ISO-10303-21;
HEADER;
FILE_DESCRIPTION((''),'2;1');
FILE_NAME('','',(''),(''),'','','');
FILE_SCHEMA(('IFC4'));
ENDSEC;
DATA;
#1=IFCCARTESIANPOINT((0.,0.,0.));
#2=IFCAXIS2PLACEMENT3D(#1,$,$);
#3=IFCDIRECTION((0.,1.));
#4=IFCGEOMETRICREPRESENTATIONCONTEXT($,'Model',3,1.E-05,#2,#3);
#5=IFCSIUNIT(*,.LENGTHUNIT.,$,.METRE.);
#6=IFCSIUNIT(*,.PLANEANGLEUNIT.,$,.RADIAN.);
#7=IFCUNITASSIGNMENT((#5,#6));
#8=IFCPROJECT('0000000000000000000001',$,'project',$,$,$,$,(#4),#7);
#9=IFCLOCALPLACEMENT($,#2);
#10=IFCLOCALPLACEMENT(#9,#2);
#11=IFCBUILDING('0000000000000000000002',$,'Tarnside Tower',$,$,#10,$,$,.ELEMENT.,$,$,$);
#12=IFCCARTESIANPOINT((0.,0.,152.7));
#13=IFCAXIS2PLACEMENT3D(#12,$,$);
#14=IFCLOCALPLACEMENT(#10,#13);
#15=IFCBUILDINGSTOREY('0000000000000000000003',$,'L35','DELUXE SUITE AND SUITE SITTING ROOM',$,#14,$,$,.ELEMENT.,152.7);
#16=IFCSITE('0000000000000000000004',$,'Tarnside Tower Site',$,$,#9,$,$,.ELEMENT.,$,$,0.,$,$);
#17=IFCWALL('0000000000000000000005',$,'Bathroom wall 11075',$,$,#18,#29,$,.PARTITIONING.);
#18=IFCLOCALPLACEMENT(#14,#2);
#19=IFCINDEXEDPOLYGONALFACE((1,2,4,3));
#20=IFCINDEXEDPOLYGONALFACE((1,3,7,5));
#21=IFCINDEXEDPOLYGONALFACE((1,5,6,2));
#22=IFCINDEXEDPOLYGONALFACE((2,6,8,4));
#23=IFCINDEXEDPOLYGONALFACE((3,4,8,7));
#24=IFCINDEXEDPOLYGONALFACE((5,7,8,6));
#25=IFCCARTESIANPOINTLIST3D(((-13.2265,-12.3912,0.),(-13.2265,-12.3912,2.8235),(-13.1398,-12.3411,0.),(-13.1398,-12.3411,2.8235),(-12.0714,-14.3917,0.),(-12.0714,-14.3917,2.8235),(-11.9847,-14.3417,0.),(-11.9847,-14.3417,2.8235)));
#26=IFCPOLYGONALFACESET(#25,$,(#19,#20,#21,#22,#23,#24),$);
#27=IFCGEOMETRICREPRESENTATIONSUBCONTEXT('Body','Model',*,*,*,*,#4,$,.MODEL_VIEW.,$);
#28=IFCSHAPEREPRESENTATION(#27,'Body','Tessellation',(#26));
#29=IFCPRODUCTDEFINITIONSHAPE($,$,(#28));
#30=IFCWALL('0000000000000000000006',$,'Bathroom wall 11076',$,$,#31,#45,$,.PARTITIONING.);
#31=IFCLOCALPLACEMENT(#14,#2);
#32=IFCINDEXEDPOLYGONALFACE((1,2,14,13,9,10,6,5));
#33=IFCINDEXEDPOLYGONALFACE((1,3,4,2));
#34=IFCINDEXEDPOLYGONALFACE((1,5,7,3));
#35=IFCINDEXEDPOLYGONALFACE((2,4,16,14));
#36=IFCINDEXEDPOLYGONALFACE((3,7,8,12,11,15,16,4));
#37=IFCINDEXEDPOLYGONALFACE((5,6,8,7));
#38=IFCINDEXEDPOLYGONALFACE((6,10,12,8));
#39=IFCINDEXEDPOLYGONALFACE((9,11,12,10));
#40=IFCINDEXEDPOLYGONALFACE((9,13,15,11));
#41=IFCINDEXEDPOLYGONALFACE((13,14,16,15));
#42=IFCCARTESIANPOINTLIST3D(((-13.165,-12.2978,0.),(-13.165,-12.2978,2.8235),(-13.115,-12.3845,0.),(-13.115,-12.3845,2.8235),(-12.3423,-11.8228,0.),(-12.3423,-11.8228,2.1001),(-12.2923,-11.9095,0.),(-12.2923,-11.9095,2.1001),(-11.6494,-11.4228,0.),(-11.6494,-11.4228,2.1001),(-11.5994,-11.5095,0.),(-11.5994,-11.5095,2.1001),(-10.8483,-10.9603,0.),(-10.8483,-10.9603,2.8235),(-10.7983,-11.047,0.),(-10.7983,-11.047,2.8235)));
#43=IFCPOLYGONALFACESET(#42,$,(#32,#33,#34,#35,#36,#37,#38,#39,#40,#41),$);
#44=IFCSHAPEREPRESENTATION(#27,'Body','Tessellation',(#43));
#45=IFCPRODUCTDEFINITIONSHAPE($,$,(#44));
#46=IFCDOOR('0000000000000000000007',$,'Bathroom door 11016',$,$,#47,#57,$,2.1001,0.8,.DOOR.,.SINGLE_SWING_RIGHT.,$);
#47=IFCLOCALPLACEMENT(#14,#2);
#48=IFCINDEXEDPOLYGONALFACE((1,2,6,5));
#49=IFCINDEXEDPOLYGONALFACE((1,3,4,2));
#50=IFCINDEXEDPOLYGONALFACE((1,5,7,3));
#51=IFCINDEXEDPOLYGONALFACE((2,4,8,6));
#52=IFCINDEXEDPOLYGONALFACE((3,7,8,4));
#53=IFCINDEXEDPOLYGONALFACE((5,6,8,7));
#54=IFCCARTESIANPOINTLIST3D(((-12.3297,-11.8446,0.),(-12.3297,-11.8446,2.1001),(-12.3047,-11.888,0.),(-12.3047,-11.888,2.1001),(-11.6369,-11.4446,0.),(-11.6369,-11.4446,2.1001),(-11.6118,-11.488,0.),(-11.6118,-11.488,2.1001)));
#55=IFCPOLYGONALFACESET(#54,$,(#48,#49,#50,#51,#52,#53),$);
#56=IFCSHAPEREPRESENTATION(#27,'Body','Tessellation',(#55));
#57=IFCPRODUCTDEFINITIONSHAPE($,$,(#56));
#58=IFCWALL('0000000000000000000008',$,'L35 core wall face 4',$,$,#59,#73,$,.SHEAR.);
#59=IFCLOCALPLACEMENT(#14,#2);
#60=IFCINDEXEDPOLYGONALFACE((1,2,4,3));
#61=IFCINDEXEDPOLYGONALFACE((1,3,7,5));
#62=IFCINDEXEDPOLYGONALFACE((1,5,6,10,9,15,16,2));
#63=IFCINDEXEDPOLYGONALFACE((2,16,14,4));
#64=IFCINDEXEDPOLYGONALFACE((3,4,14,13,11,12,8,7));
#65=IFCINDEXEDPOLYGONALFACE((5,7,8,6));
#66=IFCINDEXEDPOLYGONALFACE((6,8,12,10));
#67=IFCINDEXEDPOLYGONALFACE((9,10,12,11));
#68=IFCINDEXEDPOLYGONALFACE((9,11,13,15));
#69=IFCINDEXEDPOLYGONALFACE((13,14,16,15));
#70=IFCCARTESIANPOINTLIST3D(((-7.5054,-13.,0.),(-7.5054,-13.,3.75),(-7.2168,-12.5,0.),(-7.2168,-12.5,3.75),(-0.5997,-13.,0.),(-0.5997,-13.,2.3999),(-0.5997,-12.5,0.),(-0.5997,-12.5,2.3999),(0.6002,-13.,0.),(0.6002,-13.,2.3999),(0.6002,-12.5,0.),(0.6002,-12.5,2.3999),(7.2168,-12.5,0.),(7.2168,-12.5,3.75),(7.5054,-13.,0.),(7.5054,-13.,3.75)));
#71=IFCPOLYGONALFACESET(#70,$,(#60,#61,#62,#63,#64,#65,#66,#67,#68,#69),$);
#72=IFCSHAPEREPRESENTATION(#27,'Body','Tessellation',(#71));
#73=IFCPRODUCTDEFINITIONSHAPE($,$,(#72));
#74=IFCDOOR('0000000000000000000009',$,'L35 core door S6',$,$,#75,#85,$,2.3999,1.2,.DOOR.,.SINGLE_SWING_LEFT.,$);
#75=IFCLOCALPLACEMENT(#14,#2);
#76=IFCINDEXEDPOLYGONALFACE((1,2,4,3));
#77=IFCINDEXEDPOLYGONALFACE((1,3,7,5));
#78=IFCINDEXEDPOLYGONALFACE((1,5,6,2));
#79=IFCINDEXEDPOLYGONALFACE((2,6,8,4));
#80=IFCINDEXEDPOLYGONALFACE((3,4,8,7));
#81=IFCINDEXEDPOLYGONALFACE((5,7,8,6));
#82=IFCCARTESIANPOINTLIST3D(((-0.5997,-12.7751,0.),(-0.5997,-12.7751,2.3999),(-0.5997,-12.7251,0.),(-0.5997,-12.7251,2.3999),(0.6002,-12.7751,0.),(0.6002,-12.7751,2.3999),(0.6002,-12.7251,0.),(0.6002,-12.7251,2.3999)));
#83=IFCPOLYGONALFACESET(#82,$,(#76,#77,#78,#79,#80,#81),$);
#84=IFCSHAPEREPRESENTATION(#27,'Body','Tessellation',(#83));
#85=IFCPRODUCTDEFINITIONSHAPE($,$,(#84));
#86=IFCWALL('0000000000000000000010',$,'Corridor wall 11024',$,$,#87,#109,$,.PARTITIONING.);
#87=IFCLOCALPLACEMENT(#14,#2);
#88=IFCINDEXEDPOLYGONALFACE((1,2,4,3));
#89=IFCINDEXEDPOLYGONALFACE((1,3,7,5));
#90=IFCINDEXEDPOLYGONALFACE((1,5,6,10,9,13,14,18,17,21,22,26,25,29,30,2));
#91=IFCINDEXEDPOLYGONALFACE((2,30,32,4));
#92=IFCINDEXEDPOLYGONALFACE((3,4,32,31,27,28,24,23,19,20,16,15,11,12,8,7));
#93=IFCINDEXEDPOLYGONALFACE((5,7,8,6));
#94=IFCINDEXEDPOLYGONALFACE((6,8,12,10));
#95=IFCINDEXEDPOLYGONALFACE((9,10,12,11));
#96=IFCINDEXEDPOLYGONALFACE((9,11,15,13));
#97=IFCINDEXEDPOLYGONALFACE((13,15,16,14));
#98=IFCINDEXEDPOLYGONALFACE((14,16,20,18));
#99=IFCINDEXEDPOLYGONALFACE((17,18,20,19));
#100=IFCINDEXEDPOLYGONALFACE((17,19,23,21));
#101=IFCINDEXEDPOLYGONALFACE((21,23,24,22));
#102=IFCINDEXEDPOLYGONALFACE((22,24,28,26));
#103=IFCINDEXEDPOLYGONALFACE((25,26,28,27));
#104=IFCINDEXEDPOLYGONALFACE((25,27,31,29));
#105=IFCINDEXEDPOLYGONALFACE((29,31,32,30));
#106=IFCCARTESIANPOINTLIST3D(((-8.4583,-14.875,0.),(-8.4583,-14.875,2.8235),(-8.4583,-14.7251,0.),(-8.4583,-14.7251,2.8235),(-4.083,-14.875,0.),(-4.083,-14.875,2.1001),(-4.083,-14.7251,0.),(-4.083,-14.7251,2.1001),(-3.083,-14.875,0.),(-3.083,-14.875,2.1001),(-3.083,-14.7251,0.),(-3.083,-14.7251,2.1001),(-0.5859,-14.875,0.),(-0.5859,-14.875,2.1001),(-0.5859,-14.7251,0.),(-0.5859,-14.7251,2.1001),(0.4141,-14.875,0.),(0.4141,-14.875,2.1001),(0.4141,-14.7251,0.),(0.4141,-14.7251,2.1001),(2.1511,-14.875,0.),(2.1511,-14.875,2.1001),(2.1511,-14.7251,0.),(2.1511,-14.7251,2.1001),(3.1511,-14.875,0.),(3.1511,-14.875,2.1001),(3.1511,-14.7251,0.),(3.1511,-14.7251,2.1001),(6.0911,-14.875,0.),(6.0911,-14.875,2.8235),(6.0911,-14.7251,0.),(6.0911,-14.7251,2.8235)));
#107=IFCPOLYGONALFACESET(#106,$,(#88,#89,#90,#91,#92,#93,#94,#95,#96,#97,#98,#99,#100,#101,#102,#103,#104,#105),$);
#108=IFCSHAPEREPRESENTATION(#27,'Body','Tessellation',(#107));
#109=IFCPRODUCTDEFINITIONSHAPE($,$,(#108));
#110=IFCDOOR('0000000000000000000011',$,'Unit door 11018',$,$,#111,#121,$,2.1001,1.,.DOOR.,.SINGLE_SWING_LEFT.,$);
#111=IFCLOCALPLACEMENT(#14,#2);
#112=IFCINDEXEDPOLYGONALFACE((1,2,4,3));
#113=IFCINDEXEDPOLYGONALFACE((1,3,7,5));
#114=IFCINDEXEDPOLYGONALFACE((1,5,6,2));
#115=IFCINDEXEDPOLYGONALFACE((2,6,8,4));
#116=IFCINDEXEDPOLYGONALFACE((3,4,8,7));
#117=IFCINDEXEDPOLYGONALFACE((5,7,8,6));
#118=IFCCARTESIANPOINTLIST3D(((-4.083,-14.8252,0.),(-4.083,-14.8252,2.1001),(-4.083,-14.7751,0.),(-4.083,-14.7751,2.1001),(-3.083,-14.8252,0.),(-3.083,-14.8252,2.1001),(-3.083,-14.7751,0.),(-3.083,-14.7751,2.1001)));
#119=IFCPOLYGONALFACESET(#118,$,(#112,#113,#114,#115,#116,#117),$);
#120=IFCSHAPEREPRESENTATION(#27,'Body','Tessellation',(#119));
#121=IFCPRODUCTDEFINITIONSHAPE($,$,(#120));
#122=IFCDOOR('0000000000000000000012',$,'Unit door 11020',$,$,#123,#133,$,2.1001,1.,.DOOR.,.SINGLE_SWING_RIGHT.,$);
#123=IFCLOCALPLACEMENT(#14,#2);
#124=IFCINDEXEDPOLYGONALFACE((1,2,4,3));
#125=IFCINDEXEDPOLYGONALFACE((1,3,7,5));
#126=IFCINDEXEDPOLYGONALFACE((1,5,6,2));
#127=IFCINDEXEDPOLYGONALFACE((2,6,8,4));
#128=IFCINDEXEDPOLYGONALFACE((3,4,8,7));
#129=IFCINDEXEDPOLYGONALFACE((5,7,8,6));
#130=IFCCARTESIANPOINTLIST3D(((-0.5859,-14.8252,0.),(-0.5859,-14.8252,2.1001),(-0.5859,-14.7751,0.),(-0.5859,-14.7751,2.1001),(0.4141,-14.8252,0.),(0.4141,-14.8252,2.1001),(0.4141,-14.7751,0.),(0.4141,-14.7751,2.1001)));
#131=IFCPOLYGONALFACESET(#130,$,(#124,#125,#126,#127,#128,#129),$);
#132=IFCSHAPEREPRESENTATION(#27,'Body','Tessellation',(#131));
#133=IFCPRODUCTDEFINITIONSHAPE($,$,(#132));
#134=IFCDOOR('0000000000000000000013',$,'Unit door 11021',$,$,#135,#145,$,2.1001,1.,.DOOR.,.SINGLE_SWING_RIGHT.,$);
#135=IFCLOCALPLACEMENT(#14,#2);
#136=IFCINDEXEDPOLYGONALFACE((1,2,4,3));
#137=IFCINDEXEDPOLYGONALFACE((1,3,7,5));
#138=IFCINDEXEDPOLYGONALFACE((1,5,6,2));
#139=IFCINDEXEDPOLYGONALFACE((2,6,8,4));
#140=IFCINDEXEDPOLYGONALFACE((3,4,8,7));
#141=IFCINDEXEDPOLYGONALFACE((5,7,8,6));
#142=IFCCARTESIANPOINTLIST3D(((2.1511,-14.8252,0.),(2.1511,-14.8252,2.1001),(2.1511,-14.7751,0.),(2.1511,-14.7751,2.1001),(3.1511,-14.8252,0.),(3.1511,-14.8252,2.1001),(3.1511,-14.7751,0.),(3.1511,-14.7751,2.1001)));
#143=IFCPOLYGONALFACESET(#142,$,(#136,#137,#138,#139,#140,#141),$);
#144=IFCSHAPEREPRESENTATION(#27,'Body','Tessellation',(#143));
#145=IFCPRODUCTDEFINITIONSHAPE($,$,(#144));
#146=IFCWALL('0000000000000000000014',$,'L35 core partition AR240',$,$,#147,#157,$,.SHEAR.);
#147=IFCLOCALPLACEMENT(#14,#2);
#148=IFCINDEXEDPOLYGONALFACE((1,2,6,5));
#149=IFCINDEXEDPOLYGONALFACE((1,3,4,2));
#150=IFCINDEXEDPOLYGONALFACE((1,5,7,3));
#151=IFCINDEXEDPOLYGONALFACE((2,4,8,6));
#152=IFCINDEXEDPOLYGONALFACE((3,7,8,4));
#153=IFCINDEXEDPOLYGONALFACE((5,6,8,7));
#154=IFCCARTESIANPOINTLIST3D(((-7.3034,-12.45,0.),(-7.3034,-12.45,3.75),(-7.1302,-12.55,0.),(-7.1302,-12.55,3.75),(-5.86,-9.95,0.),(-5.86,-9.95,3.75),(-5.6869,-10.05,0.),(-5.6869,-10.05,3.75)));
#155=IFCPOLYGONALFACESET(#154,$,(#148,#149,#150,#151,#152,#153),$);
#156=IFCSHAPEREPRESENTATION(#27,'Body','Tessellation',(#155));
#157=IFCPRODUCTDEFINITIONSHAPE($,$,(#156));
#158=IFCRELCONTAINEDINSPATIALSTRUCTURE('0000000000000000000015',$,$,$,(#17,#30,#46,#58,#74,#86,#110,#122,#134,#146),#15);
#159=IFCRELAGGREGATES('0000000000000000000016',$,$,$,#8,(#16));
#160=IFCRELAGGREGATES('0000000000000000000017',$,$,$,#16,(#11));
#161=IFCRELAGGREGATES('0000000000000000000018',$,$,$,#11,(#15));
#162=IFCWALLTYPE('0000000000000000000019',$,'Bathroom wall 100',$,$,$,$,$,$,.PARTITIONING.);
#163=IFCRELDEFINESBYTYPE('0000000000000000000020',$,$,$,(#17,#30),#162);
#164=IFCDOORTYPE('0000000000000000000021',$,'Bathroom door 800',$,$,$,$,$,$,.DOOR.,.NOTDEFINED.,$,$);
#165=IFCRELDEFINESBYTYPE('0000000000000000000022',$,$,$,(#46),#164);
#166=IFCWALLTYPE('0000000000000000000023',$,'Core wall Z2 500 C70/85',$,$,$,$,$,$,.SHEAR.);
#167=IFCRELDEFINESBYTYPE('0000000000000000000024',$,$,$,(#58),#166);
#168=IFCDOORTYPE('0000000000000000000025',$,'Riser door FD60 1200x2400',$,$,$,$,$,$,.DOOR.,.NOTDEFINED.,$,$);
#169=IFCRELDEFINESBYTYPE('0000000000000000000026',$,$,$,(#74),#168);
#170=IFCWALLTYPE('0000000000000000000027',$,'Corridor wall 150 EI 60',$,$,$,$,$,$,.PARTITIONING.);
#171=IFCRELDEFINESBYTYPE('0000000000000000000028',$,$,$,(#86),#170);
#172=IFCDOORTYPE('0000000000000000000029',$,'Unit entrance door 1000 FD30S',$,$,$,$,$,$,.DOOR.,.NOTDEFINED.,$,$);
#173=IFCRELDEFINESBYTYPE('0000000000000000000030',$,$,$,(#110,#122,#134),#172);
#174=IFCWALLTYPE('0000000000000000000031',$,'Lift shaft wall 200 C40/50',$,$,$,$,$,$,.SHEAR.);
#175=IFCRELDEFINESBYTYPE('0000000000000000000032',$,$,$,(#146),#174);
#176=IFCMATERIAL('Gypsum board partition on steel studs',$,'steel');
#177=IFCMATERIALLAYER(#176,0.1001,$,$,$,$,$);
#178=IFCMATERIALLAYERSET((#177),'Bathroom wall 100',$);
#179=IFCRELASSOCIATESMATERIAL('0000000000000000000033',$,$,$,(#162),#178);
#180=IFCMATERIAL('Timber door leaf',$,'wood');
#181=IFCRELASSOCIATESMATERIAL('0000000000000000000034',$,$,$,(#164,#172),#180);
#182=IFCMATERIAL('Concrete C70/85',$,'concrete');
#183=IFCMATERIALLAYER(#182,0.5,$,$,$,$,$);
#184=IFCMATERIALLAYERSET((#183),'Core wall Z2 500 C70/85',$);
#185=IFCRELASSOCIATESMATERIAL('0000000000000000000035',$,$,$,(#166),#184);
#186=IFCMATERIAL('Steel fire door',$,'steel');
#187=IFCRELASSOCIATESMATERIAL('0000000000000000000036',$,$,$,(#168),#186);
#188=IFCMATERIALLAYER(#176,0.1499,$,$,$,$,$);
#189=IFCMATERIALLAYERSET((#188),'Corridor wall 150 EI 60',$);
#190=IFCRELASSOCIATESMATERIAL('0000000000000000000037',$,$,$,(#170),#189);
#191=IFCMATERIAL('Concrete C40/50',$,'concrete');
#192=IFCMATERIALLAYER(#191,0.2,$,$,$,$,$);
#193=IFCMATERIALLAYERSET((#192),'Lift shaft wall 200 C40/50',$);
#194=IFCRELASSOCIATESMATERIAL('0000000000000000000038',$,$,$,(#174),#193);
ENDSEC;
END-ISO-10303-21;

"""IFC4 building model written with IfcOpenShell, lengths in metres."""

from ifc_helpers import new_model, si_unit, direction, frame, frame_2d, origin, place, context, subcontext, project, spatial, polyline, rectangle, outline, extrude, material, layer, layer_set, type_object, element, fill, save


model = new_model("IFC4")

# Units and contexts
model_context = context("Model", 3, precision=1e-05, world=origin(), true_north=direction((0.0, 1.0)))
body_context = subcontext(model_context, "Body", "Model", "MODEL_VIEW")
ifc_project = project(units=[si_unit("LENGTHUNIT", "METRE"), si_unit("PLANEANGLEUNIT", "RADIAN")], contexts=[model_context])

# Site, building, storey
site_placement = place(None, origin())
site = spatial("IfcSite", under=ifc_project, at=site_placement, Name="Tarnside Tower Site", CompositionType="ELEMENT", RefElevation=0.0)
building_placement = place(site_placement, origin())
building = spatial("IfcBuilding", under=site, at=building_placement, Name="Tarnside Tower", CompositionType="ELEMENT")
storey_placement = place(building_placement, frame((0.0, 0.0, 152.7)))
storey = spatial("IfcBuildingStorey", under=building, at=storey_placement, Name="L35", Description="DELUXE SUITE AND SUITE SITTING ROOM", CompositionType="ELEMENT", Elevation=152.7)

# Wall
ifc_material_1 = material(Name="Gypsum board partition on steel studs", Category="steel")
ifc_layer_1 = layer(ifc_material_1, 0.1001)
ifc_layer_set_1 = layer_set([ifc_layer_1], Name="Bathroom wall 100")
wall_type_1 = type_object("IfcWallType", Name="Bathroom wall 100", PredefinedType="PARTITIONING", material=ifc_layer_set_1)
wall_1_placement = place(storey_placement, frame((-12.0281, -14.3667, 0.0), z_axis=(0.0, 0.0, 1.0), x_axis=(-0.500015, 0.866017, 0.0)))
element("IfcWall", 1, at=wall_1_placement, inside=storey, type_object=wall_type_1, Name="Bathroom wall 11075", PredefinedType="PARTITIONING", context=body_context, shape_type="SweptSolid", body=[
    extrude(rectangle(XDim=2.3101, YDim=0.1001, at=frame_2d((1.155, 0.0))), origin(), (0.0, 0.0, 1.0), 2.8235),
])

# Walls, openings, doors
wall_2_placement = place(storey_placement, frame((-13.1399, -12.3411, 0.0), z_axis=(0.0, 0.0, 1.0), x_axis=(0.866044, 0.499967, 0.0)))
wall_2 = element("IfcWall", 2, at=wall_2_placement, inside=storey, type_object=wall_type_1, Name="Bathroom wall 11076", PredefinedType="PARTITIONING", context=body_context, shape_type="SweptSolid", body=[
    extrude(rectangle(XDim=2.675, YDim=0.1001, at=frame_2d((1.3374, 0.0))), origin(), (0.0, 0.0, 1.0), 2.8235),
])
opening_1_placement = place(wall_2_placement, frame((0.95, 0.0, 0.0)))
opening_1 = element("IfcOpeningElement", 3, at=opening_1_placement, cuts=wall_2, PredefinedType="OPENING", context=body_context, shape_type="SweptSolid", body=[
    extrude(rectangle(XDim=0.8, YDim=2.1001, at=frame_2d((0.3999, 1.05))), frame((0.0, 0.0601, 0.0), z_axis=(0.0, -1.0, 0.0), x_axis=(1.0, 0.0, 0.0)), (0.0, 0.0, 1.0), 0.1201),
])
ifc_material_2 = material(Name="Timber door leaf", Category="wood")
door_type_1 = type_object("IfcDoorType", Name="Bathroom door 800", OperationType="NOTDEFINED", PredefinedType="DOOR", material=ifc_material_2)
door_1_placement = place(opening_1_placement, origin())
door_1 = element("IfcDoor", 4, at=door_1_placement, inside=storey, type_object=door_type_1, Name="Bathroom door 11016", OperationType="SINGLE_SWING_RIGHT", OverallHeight=2.1001, OverallWidth=0.8, PredefinedType="DOOR", context=body_context, shape_type="SweptSolid", body=[
    extrude(rectangle(XDim=0.8, YDim=2.1001, at=frame_2d((0.3999, 1.05))), frame((0.0, 0.0249, 0.0), z_axis=(0.0, -1.0, 0.0), x_axis=(1.0, 0.0, 0.0)), (0.0, 0.0, 1.0), 0.05),
])
fill(opening_1, door_1)
ifc_material_3 = material(Name="Concrete C70/85", Category="concrete")
ifc_layer_2 = layer(ifc_material_3, 0.5)
ifc_layer_set_2 = layer_set([ifc_layer_2], Name="Core wall Z2 500 C70/85")
wall_type_2 = type_object("IfcWallType", Name="Core wall Z2 500 C70/85", PredefinedType="SHEAR", material=ifc_layer_set_2)
wall_3_placement = place(storey_placement, frame((-7.3611, -12.75, 0.0), z_axis=(0.0, 0.0, 1.0), x_axis=(1.0, 0.0, 0.0)))
wall_3 = element("IfcWall", 5, at=wall_3_placement, inside=storey, type_object=wall_type_2, Name="L35 core wall face 4", PredefinedType="SHEAR", context=body_context, shape_type="SweptSolid", body=[
    extrude(outline(polyline([(-0.1443, -0.25), (14.8665, -0.25), (14.5779, 0.25), (0.1443, 0.25), (-0.1443, -0.25)])), origin(), (0.0, 0.0, 1.0), 3.75),
])
opening_2_placement = place(wall_3_placement, frame((6.7612, 0.0, 0.0)))
opening_2 = element("IfcOpeningElement", 6, at=opening_2_placement, cuts=wall_3, PredefinedType="OPENING", context=body_context, shape_type="SweptSolid", body=[
    extrude(rectangle(XDim=1.2, YDim=2.3999, at=frame_2d((0.6001, 1.2))), frame((0.0, 0.26, 0.0), z_axis=(0.0, -1.0, 0.0), x_axis=(1.0, 0.0, 0.0)), (0.0, 0.0, 1.0), 0.52),
])
ifc_material_4 = material(Name="Steel fire door", Category="steel")
door_type_2 = type_object("IfcDoorType", Name="Riser door FD60 1200x2400", OperationType="NOTDEFINED", PredefinedType="DOOR", material=ifc_material_4)
door_2_placement = place(opening_2_placement, origin())
door_2 = element("IfcDoor", 7, at=door_2_placement, inside=storey, type_object=door_type_2, Name="L35 core door S6", OperationType="SINGLE_SWING_LEFT", OverallHeight=2.3999, OverallWidth=1.2, PredefinedType="DOOR", context=body_context, shape_type="SweptSolid", body=[
    extrude(rectangle(XDim=1.2, YDim=2.3999, at=frame_2d((0.6001, 1.2))), frame((0.0, 0.0249, 0.0), z_axis=(0.0, -1.0, 0.0), x_axis=(1.0, 0.0, 0.0)), (0.0, 0.0, 1.0), 0.05),
])
fill(opening_2, door_2)

# Wall, openings, doors
ifc_layer_3 = layer(ifc_material_1, 0.1499)
ifc_layer_set_3 = layer_set([ifc_layer_3], Name="Corridor wall 150 EI 60")
wall_type_3 = type_object("IfcWallType", Name="Corridor wall 150 EI 60", PredefinedType="PARTITIONING", material=ifc_layer_set_3)
wall_4_placement = place(storey_placement, frame((-8.4583, -14.8, 0.0), z_axis=(0.0, 0.0, 1.0), x_axis=(1.0, 0.0, 0.0)))
wall_4 = element("IfcWall", 8, at=wall_4_placement, inside=storey, type_object=wall_type_3, Name="Corridor wall 11024", PredefinedType="PARTITIONING", context=body_context, shape_type="SweptSolid", body=[
    extrude(rectangle(XDim=14.5493, YDim=0.1499, at=frame_2d((7.2747, 0.0))), origin(), (0.0, 0.0, 1.0), 2.8235),
])
opening_3_placement = place(wall_4_placement, frame((4.3752, 0.0, 0.0)))
opening_3 = element("IfcOpeningElement", 9, at=opening_3_placement, cuts=wall_4, PredefinedType="OPENING", context=body_context, shape_type="SweptSolid", body=[
    extrude(rectangle(XDim=1.0, YDim=2.1001, at=frame_2d((0.5, 1.05))), frame((0.0, 0.085, 0.0), z_axis=(0.0, -1.0, 0.0), x_axis=(1.0, 0.0, 0.0)), (0.0, 0.0, 1.0), 0.1699),
])
opening_4_placement = place(wall_4_placement, frame((7.8723, 0.0, 0.0)))
opening_4 = element("IfcOpeningElement", 10, at=opening_4_placement, cuts=wall_4, PredefinedType="OPENING", context=body_context, shape_type="SweptSolid", body=[
    extrude(rectangle(XDim=1.0, YDim=2.1001, at=frame_2d((0.5, 1.05))), frame((0.0, 0.085, 0.0), z_axis=(0.0, -1.0, 0.0), x_axis=(1.0, 0.0, 0.0)), (0.0, 0.0, 1.0), 0.1699),
])
opening_5_placement = place(wall_4_placement, frame((10.6094, 0.0, 0.0)))
opening_5 = element("IfcOpeningElement", 11, at=opening_5_placement, cuts=wall_4, PredefinedType="OPENING", context=body_context, shape_type="SweptSolid", body=[
    extrude(rectangle(XDim=1.0, YDim=2.1001, at=frame_2d((0.5, 1.05))), frame((0.0, 0.085, 0.0), z_axis=(0.0, -1.0, 0.0), x_axis=(1.0, 0.0, 0.0)), (0.0, 0.0, 1.0), 0.1699),
])
door_type_3 = type_object("IfcDoorType", Name="Unit entrance door 1000 FD30S", OperationType="NOTDEFINED", PredefinedType="DOOR", material=ifc_material_2)
door_3_placement = place(opening_3_placement, origin())
door_3 = element("IfcDoor", 12, at=door_3_placement, inside=storey, type_object=door_type_3, Name="Unit door 11018", OperationType="SINGLE_SWING_LEFT", OverallHeight=2.1001, OverallWidth=1.0, PredefinedType="DOOR", context=body_context, shape_type="SweptSolid", body=[
    extrude(rectangle(XDim=1.0, YDim=2.1001, at=frame_2d((0.5, 1.05))), frame((0.0, 0.0249, 0.0), z_axis=(0.0, -1.0, 0.0), x_axis=(1.0, 0.0, 0.0)), (0.0, 0.0, 1.0), 0.05),
])
fill(opening_3, door_3)
door_4_placement = place(opening_4_placement, origin())
door_4 = element("IfcDoor", 13, at=door_4_placement, inside=storey, type_object=door_type_3, Name="Unit door 11020", OperationType="SINGLE_SWING_RIGHT", OverallHeight=2.1001, OverallWidth=1.0, PredefinedType="DOOR", context=body_context, shape_type="SweptSolid", body=[
    extrude(rectangle(XDim=1.0, YDim=2.1001, at=frame_2d((0.5, 1.05))), frame((0.0, 0.0249, 0.0), z_axis=(0.0, -1.0, 0.0), x_axis=(1.0, 0.0, 0.0)), (0.0, 0.0, 1.0), 0.05),
])
fill(opening_4, door_4)
door_5_placement = place(opening_5_placement, origin())
door_5 = element("IfcDoor", 14, at=door_5_placement, inside=storey, type_object=door_type_3, Name="Unit door 11021", OperationType="SINGLE_SWING_RIGHT", OverallHeight=2.1001, OverallWidth=1.0, PredefinedType="DOOR", context=body_context, shape_type="SweptSolid", body=[
    extrude(rectangle(XDim=1.0, YDim=2.1001, at=frame_2d((0.5, 1.05))), frame((0.0, 0.0249, 0.0), z_axis=(0.0, -1.0, 0.0), x_axis=(1.0, 0.0, 0.0)), (0.0, 0.0, 1.0), 0.05),
])
fill(opening_5, door_5)

# Wall
ifc_material_5 = material(Name="Concrete C40/50", Category="concrete")
ifc_layer_4 = layer(ifc_material_5, 0.2)
ifc_layer_set_4 = layer_set([ifc_layer_4], Name="Lift shaft wall 200 C40/50")
wall_type_4 = type_object("IfcWallType", Name="Lift shaft wall 200 C40/50", PredefinedType="SHEAR", material=ifc_layer_set_4)
wall_5_placement = place(storey_placement, frame((-5.7734, -10.0, 0.0), z_axis=(0.0, 0.0, 1.0), x_axis=(-0.499996, -0.866028, 0.0)))
element("IfcWall", 15, at=wall_5_placement, inside=storey, type_object=wall_type_4, Name="L35 core partition AR240", PredefinedType="SHEAR", context=body_context, shape_type="SweptSolid", body=[
    extrude(rectangle(XDim=2.8867, YDim=0.2, at=frame_2d((1.4434, 0.0))), origin(), (0.0, 0.0, 1.0), 3.75),
])

save(model, "model.ifc")
